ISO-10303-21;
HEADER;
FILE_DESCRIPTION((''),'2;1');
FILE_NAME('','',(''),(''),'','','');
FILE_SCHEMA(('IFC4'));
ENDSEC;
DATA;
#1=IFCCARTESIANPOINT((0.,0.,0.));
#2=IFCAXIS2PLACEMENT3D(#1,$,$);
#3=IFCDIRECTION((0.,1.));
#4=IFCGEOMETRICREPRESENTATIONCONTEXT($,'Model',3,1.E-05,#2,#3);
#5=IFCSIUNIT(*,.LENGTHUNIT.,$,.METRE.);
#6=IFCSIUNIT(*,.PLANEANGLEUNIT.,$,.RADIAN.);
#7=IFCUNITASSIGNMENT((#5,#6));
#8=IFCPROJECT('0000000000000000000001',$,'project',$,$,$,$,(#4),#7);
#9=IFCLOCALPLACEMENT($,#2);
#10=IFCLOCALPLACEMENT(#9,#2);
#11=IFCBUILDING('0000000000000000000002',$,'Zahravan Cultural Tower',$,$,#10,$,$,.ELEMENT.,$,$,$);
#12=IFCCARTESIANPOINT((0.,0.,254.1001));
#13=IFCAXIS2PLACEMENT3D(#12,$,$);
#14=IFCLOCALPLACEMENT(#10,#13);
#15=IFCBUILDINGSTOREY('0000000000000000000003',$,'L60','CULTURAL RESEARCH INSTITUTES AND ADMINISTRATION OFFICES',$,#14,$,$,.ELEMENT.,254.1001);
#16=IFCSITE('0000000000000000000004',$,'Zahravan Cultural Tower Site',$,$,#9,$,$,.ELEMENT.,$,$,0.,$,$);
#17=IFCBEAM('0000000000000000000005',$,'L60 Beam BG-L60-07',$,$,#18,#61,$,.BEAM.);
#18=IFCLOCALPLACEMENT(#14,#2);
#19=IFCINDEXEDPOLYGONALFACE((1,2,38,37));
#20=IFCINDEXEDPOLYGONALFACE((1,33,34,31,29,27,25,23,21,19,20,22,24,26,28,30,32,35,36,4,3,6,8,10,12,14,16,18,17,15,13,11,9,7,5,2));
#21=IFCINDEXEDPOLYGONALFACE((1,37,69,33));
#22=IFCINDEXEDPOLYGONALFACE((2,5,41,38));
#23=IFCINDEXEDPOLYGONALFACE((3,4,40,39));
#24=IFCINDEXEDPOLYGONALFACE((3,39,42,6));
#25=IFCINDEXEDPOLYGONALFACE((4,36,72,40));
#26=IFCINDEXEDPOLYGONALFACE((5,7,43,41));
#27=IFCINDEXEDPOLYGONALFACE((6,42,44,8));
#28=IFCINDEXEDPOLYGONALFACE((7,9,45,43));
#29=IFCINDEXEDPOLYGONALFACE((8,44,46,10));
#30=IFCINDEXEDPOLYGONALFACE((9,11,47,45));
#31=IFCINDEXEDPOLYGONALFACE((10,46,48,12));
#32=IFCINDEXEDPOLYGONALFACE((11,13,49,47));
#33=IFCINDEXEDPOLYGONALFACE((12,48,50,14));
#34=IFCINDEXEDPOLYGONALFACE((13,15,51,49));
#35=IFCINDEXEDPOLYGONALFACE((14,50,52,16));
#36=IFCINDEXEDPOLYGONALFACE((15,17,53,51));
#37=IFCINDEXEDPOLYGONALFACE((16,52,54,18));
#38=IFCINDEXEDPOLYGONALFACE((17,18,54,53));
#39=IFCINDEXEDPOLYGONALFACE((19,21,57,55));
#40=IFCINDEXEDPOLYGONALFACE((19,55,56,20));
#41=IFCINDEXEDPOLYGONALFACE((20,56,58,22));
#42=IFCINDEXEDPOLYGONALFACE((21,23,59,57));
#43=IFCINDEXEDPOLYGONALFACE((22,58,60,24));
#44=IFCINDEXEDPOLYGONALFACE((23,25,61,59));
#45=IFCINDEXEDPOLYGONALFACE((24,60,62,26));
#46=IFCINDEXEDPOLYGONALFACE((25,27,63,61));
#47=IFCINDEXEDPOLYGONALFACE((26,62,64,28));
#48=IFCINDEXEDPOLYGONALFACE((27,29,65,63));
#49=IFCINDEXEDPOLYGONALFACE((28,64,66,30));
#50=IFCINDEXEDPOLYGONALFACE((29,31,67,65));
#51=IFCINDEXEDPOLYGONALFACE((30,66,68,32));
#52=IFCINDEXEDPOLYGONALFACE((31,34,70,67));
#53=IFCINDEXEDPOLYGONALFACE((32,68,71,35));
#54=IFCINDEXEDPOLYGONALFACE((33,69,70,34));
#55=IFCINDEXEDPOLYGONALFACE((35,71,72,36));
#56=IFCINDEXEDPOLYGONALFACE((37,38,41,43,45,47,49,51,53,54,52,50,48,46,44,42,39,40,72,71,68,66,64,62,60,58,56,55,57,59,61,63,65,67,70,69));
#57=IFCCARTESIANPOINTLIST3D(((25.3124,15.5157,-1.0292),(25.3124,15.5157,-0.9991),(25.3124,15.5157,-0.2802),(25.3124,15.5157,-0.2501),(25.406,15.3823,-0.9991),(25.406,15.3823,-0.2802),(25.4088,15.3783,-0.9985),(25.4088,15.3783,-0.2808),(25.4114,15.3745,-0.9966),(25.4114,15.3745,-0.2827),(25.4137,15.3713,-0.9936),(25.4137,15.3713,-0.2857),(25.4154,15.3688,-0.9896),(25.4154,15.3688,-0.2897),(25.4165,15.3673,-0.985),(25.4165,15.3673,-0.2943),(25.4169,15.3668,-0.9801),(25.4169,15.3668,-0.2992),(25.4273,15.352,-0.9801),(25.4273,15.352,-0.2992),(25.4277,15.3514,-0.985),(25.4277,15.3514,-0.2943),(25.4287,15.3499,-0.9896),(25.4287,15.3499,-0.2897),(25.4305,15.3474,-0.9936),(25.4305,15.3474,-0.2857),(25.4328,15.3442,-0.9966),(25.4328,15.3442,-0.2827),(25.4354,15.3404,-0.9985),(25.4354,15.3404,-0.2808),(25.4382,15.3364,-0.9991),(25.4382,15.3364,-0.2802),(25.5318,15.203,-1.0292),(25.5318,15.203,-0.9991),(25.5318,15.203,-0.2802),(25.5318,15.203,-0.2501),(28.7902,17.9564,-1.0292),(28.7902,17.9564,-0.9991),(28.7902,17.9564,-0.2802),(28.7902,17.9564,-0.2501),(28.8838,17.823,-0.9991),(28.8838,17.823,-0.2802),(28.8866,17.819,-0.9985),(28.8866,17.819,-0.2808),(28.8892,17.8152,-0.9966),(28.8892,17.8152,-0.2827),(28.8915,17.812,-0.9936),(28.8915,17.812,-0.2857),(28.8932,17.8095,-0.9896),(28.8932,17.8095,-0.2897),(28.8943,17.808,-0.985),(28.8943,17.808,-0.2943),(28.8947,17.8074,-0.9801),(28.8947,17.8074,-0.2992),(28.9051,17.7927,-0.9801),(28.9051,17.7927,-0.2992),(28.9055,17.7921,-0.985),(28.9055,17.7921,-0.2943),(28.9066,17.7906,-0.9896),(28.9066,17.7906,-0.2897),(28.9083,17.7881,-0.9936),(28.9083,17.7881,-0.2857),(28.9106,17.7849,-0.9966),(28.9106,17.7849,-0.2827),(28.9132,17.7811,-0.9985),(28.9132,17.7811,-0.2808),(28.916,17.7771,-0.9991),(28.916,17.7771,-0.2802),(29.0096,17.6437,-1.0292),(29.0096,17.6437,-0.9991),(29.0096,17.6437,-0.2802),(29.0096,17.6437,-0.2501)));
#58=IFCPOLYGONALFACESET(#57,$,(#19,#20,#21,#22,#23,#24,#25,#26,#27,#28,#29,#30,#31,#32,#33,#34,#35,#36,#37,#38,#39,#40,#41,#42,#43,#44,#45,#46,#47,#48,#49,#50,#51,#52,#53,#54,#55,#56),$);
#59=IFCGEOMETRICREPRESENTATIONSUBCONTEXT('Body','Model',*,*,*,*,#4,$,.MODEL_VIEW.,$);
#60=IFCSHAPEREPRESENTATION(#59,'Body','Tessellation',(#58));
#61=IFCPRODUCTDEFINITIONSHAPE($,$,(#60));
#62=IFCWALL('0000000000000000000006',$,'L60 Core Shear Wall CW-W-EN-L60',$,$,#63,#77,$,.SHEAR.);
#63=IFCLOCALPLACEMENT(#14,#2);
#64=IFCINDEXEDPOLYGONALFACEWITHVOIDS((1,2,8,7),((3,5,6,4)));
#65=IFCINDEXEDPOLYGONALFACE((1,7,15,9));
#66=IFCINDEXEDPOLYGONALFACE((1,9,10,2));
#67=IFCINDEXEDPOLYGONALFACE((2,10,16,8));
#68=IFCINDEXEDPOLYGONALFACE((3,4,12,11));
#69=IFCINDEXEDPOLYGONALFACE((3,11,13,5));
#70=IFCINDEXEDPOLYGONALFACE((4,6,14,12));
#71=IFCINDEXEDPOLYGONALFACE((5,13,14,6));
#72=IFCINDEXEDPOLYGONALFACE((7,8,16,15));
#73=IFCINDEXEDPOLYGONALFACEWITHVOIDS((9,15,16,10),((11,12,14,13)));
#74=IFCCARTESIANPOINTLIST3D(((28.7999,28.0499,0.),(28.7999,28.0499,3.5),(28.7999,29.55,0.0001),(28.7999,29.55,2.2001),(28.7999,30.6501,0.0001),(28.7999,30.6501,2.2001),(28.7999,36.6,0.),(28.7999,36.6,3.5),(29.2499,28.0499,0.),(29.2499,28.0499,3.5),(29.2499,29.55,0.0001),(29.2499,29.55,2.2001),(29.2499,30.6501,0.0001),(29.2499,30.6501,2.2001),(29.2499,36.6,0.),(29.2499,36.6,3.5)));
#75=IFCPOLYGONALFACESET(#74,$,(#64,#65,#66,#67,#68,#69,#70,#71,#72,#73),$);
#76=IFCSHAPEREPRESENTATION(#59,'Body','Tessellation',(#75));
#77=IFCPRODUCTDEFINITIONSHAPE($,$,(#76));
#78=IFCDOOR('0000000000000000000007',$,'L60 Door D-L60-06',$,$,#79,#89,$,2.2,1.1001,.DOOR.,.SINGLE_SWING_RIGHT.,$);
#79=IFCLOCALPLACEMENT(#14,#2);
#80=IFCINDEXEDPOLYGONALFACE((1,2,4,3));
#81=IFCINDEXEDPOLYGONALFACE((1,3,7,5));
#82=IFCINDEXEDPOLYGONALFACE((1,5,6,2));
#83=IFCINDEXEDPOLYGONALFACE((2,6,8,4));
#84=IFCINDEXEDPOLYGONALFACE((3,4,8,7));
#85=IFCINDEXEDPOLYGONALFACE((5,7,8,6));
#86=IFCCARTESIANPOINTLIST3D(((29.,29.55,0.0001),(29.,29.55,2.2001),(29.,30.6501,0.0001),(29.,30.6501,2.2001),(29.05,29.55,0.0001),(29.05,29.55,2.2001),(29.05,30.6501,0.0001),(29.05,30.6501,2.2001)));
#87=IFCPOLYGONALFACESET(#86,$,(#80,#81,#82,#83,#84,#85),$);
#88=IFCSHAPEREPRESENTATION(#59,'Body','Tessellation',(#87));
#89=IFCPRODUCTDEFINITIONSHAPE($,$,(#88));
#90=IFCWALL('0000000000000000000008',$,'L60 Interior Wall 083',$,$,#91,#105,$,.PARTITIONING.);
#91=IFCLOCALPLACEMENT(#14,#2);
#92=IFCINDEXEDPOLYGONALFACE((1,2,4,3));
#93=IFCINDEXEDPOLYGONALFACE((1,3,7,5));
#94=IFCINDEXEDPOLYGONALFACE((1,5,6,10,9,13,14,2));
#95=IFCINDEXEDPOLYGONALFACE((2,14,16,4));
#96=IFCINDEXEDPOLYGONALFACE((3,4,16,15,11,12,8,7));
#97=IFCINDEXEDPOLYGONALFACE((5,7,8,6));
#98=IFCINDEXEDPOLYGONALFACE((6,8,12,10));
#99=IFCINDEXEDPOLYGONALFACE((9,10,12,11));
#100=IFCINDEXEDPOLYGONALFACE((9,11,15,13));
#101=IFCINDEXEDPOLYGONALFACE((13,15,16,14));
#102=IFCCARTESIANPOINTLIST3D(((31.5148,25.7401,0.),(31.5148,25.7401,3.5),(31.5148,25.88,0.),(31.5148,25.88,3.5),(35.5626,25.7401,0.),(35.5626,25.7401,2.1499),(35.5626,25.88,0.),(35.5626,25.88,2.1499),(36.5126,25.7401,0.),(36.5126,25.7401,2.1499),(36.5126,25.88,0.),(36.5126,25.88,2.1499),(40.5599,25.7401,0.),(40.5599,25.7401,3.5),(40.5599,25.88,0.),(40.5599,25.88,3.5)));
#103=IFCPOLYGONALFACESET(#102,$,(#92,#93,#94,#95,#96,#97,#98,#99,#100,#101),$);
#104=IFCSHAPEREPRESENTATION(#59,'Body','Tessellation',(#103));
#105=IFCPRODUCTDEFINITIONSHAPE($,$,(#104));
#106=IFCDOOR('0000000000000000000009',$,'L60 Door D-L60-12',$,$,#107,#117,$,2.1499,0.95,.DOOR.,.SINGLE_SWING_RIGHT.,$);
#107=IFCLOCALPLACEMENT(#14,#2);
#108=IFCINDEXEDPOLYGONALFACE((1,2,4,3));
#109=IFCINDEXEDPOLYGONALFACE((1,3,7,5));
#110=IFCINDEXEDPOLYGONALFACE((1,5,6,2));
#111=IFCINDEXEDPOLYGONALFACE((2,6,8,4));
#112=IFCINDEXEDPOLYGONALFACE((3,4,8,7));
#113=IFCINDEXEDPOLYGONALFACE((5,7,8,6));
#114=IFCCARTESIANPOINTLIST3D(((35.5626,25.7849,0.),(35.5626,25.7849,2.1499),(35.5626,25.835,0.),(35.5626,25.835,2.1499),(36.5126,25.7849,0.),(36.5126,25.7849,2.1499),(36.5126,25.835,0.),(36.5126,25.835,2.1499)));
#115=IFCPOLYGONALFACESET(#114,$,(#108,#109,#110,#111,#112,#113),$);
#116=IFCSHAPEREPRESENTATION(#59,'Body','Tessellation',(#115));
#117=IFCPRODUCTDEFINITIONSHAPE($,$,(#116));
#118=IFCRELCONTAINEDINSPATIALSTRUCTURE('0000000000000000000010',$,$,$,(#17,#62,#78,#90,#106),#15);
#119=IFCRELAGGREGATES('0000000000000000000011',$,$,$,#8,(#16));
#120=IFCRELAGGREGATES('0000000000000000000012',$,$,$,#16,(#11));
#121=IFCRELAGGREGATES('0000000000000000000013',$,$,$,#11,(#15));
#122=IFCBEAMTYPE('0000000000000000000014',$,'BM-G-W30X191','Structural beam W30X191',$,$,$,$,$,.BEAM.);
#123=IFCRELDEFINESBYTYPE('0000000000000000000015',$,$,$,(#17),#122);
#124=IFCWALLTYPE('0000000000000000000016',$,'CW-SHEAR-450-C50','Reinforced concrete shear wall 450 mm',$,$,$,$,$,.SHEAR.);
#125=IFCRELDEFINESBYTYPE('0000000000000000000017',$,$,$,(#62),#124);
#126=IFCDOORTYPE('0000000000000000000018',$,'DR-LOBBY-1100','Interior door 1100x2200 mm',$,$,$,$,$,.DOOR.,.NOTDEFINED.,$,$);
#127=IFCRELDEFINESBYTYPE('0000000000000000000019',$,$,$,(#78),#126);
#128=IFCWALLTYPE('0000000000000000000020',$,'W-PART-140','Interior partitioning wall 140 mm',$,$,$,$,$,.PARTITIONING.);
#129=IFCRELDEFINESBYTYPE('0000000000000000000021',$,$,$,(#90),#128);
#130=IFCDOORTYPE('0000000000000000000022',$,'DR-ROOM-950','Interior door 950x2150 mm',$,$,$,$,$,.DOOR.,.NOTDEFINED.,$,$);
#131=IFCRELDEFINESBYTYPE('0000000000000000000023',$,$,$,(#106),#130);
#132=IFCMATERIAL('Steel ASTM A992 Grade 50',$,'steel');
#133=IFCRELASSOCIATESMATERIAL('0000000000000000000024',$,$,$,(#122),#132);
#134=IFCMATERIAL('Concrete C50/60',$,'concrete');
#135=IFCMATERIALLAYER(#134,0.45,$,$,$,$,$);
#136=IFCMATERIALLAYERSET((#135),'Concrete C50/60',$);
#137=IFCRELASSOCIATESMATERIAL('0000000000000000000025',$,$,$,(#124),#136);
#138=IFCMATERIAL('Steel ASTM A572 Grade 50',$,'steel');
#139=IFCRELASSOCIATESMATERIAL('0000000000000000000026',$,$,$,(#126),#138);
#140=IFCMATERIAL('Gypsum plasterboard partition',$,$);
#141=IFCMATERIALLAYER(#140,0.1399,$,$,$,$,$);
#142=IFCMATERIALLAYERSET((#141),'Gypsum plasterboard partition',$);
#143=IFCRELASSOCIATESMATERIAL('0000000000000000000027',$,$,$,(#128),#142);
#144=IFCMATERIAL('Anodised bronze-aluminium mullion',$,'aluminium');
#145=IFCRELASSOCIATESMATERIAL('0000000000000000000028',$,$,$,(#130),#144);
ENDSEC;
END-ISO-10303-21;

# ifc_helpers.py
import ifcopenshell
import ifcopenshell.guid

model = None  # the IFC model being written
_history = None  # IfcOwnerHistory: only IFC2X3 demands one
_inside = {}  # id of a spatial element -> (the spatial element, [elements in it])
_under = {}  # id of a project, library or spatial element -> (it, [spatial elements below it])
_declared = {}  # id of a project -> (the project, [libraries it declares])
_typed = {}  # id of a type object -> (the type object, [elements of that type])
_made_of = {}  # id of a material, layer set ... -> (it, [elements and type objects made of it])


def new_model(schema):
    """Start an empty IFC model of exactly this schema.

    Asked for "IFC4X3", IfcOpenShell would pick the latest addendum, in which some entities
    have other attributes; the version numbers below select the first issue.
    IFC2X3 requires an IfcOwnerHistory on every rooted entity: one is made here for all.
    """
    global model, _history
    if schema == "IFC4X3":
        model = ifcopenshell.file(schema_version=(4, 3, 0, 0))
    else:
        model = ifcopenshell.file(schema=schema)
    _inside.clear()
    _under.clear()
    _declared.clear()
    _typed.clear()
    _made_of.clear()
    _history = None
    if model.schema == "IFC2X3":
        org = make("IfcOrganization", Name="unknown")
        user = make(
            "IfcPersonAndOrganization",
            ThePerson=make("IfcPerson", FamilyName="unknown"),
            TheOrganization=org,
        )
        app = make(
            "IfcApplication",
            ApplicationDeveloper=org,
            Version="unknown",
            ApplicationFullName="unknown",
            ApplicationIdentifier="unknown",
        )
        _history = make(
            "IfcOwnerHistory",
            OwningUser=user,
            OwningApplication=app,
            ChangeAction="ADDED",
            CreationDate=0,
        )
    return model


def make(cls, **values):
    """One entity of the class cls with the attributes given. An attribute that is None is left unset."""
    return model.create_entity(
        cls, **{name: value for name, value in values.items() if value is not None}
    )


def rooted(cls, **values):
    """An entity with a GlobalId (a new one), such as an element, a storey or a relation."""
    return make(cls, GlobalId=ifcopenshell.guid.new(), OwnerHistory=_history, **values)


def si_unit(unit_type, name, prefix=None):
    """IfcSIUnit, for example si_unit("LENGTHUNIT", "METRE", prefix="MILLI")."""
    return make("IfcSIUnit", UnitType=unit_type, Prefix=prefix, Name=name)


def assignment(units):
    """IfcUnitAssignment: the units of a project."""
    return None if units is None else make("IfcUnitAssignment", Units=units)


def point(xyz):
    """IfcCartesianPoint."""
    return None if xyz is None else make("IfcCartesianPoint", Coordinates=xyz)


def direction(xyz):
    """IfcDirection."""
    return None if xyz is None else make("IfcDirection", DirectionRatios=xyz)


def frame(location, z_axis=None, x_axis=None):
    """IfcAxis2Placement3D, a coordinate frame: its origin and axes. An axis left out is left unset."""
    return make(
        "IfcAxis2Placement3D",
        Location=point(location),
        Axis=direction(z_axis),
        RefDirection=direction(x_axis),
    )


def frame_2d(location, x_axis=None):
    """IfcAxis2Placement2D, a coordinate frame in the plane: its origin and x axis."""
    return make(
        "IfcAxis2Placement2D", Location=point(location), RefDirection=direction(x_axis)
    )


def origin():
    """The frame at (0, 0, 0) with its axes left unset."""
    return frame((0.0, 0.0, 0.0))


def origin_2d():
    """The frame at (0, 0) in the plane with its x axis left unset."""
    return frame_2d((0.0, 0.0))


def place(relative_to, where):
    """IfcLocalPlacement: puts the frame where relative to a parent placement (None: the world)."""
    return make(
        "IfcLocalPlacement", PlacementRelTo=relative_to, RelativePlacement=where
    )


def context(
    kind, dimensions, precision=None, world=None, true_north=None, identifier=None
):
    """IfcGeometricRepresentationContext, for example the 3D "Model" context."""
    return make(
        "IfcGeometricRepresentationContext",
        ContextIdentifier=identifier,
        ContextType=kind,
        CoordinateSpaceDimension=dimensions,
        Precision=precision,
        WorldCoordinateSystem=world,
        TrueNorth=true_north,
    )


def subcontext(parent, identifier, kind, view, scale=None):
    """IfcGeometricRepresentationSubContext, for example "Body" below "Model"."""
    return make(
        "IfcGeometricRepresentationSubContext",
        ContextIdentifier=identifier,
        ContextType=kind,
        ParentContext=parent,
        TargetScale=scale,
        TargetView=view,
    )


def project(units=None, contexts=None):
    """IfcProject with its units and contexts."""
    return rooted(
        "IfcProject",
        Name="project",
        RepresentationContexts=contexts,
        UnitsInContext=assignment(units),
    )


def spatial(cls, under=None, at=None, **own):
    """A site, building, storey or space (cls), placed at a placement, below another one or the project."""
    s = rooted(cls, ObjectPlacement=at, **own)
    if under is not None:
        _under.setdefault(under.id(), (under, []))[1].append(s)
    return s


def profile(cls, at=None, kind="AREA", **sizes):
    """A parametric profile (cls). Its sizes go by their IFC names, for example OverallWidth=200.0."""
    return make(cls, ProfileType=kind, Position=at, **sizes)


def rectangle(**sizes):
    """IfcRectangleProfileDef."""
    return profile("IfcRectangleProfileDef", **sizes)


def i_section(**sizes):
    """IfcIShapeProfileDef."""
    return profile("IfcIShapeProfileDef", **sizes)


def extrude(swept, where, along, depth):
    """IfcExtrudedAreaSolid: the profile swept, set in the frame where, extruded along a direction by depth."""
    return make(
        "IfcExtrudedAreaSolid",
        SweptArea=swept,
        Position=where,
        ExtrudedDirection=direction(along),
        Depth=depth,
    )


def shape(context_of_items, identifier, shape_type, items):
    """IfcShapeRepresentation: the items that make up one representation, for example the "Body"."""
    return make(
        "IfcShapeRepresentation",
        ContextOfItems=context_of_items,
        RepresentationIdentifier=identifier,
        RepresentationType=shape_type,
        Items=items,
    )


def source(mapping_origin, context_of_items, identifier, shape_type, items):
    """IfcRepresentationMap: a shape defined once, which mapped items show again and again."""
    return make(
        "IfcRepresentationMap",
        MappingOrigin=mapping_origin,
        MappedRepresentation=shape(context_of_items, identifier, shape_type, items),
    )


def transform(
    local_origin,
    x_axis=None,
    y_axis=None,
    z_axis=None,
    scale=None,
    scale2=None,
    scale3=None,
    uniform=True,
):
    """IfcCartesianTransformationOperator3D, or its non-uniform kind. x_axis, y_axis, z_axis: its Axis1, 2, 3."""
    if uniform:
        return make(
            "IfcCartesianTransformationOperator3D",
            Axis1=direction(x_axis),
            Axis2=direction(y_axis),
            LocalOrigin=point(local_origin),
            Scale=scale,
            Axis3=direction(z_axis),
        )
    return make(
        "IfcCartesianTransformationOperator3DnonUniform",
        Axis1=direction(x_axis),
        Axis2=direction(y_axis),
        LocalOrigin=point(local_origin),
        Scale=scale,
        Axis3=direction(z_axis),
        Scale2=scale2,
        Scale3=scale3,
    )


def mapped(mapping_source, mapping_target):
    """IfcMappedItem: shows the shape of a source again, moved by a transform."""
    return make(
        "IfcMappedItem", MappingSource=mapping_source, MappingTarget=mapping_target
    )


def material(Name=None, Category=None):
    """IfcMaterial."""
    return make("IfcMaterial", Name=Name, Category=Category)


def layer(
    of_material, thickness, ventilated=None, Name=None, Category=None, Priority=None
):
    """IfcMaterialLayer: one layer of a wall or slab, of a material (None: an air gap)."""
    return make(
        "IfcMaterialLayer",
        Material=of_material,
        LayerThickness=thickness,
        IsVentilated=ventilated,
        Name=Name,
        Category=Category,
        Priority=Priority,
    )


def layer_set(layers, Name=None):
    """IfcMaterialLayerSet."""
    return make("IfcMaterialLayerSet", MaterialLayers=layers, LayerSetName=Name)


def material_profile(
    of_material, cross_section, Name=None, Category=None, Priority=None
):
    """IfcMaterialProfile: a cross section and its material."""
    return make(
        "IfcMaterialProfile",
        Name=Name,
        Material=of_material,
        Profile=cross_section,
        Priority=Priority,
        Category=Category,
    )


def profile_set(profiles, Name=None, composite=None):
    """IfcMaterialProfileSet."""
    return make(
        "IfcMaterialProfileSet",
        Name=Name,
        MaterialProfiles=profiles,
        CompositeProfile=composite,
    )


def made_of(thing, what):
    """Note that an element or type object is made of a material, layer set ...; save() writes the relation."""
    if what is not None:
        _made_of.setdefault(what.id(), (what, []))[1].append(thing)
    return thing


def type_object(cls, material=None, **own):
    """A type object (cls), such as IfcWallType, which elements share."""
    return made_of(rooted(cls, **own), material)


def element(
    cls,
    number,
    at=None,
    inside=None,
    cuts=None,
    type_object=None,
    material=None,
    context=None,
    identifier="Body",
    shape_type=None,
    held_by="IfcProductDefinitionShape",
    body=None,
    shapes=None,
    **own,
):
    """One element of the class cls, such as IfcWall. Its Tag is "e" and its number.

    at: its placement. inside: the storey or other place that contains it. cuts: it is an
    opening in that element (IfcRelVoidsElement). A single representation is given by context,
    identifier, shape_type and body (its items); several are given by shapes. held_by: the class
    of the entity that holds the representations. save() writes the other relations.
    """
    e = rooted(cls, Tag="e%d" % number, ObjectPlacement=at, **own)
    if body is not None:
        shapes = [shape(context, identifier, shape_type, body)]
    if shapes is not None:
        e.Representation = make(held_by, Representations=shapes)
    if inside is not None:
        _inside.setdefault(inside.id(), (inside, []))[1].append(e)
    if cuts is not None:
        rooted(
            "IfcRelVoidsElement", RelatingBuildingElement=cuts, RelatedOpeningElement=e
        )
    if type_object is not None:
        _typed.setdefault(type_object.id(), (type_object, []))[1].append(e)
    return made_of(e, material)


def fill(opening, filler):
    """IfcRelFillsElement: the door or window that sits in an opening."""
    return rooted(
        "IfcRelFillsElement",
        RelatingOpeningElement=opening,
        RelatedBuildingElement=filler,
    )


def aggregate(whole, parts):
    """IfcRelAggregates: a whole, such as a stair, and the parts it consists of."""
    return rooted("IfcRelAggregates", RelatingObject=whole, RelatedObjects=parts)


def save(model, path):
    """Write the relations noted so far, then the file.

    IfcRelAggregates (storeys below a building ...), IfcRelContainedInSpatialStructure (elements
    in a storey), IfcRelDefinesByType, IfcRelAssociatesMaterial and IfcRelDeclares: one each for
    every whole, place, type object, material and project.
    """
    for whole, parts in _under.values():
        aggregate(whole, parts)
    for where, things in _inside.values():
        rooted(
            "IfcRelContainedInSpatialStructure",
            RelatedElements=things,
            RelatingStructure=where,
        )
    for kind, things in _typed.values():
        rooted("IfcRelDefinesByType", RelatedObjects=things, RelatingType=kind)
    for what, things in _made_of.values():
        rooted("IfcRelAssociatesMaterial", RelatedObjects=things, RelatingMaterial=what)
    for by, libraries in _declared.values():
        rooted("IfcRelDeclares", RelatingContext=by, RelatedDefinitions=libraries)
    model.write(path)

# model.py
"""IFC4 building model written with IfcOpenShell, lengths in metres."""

from ifc_helpers import new_model, si_unit, direction, frame, frame_2d, origin, origin_2d, place, context, subcontext, project, spatial, rectangle, i_section, extrude, source, transform, mapped, material, layer, layer_set, material_profile, profile_set, type_object, element, fill, save


model = new_model("IFC4")

# Units and contexts
model_context = context("Model", 3, precision=1e-05, world=origin(), true_north=direction((0.0, 1.0)))
body_context = subcontext(model_context, "Body", "Model", "MODEL_VIEW")
ifc_project = project(units=[si_unit("LENGTHUNIT", "METRE"), si_unit("PLANEANGLEUNIT", "RADIAN")], contexts=[model_context])

# Site, building, storey
site_placement = place(None, origin())
site = spatial("IfcSite", under=ifc_project, at=site_placement, Name="Zahravan Cultural Tower Site", CompositionType="ELEMENT", RefElevation=0.0)
building_placement = place(site_placement, origin())
building = spatial("IfcBuilding", under=site, at=building_placement, Name="Zahravan Cultural Tower", CompositionType="ELEMENT")
storey_placement = place(building_placement, frame((0.0, 0.0, 254.1001)))
storey = spatial("IfcBuildingStorey", under=building, at=storey_placement, Name="L60", Description="CULTURAL RESEARCH INSTITUTES AND ADMINISTRATION OFFICES", CompositionType="ELEMENT", Elevation=254.1001)

# Shared definitions
ifc_material_1 = material(Name="Concrete C50/60", Category="concrete")

# Beam
ifc_material_2 = material(Name="Steel ASTM A992 Grade 50", Category="steel")
ifc_material_profile_1 = material_profile(ifc_material_2, i_section(OverallWidth=0.3821, OverallDepth=0.7791, WebThickness=0.0181, FlangeThickness=0.03, FilletRadius=0.019, at=origin_2d()), Name="W30X191")
ifc_profile_set_1 = profile_set([ifc_material_profile_1], Name="Steel ASTM A992 Grade 50")
beam_type_1 = type_object("IfcBeamType", Name="BM-G-W30X191", Description="Structural beam W30X191", PredefinedType="BEAM", material=ifc_profile_set_1)
shared_shape_1 = source(origin(), body_context, "Body", "SweptSolid", [
    extrude(i_section(OverallWidth=0.3821, OverallDepth=0.7791, WebThickness=0.0181, FlangeThickness=0.03, FilletRadius=0.019, at=origin_2d()), origin(), (0.0, 0.0, 1.0), 4.2488),
])
beam_1_placement = place(storey_placement, frame((28.8999, 17.8, -0.6396), z_axis=(-0.818543, -0.574445, 0.0), x_axis=(0.574445, -0.818543, 0.0)))
element("IfcBeam", 1, at=beam_1_placement, inside=storey, type_object=beam_type_1, Name="L60 Beam BG-L60-07", PredefinedType="BEAM", context=body_context, shape_type="MappedRepresentation", body=[
    mapped(shared_shape_1, transform((0.0, 0.0, 0.0), x_axis=(1.0, 0.0, 0.0), y_axis=(0.0, 1.0, 0.0), z_axis=(0.0, 0.0, 1.0), scale=1.0)),
])

# Walls, openings, doors
ifc_layer_1 = layer(ifc_material_1, 0.45)
ifc_layer_set_1 = layer_set([ifc_layer_1], Name="Concrete C50/60")
wall_type_1 = type_object("IfcWallType", Name="CW-SHEAR-450-C50", Description="Reinforced concrete shear wall 450 mm", PredefinedType="SHEAR", material=ifc_layer_set_1)
wall_1_placement = place(storey_placement, frame((29.0249, 28.05, 0.0), z_axis=(0.0, 0.0, 1.0), x_axis=(0.0, 1.0, 0.0)))
wall_1 = element("IfcWall", 2, at=wall_1_placement, inside=storey, type_object=wall_type_1, Name="L60 Core Shear Wall CW-W-EN-L60", PredefinedType="SHEAR", context=body_context, shape_type="SweptSolid", body=[
    extrude(rectangle(XDim=8.55, YDim=0.45, at=frame_2d((4.2749, 0.0))), origin(), (0.0, 0.0, 1.0), 3.5),
])
opening_1_placement = place(wall_1_placement, frame((1.5, 0.0, 0.0)))
opening_1 = element("IfcOpeningElement", 3, at=opening_1_placement, cuts=wall_1, PredefinedType="OPENING", context=body_context, shape_type="SweptSolid", body=[
    extrude(rectangle(XDim=1.1001, YDim=2.2, at=frame_2d((0.55, 1.1001))), frame((0.0, 0.2349, 0.0), z_axis=(0.0, -1.0, 0.0), x_axis=(1.0, 0.0, 0.0)), (0.0, 0.0, 1.0), 0.47),
])
ifc_material_3 = material(Name="Steel ASTM A572 Grade 50", Category="steel")
door_type_1 = type_object("IfcDoorType", Name="DR-LOBBY-1100", Description="Interior door 1100x2200 mm", OperationType="NOTDEFINED", PredefinedType="DOOR", material=ifc_material_3)
shared_shape_2 = source(origin(), body_context, "Body", "SweptSolid", [
    extrude(rectangle(XDim=1.1001, YDim=2.2, at=frame_2d((0.55, 1.1001))), frame((0.0, 0.0249, 0.0), z_axis=(0.0, -1.0, 0.0), x_axis=(1.0, 0.0, 0.0)), (0.0, 0.0, 1.0), 0.05),
])
door_1_placement = place(opening_1_placement, origin())
door_1 = element("IfcDoor", 4, at=door_1_placement, inside=storey, type_object=door_type_1, Name="L60 Door D-L60-06", OperationType="SINGLE_SWING_RIGHT", OverallHeight=2.2, OverallWidth=1.1001, PredefinedType="DOOR", context=body_context, shape_type="MappedRepresentation", body=[
    mapped(shared_shape_2, transform((0.0, 0.0, 0.0), x_axis=(1.0, 0.0, 0.0), y_axis=(0.0, 1.0, 0.0), z_axis=(0.0, 0.0, 1.0), scale=1.0)),
])
fill(opening_1, door_1)
ifc_material_4 = material(Name="Gypsum plasterboard partition")
ifc_layer_2 = layer(ifc_material_4, 0.1399)
ifc_layer_set_2 = layer_set([ifc_layer_2], Name="Gypsum plasterboard partition")
wall_type_2 = type_object("IfcWallType", Name="W-PART-140", Description="Interior partitioning wall 140 mm", PredefinedType="PARTITIONING", material=ifc_layer_set_2)
wall_2_placement = place(storey_placement, frame((31.5149, 25.8101, 0.0), z_axis=(0.0, 0.0, 1.0), x_axis=(1.0, 0.0, 0.0)))
wall_2 = element("IfcWall", 5, at=wall_2_placement, inside=storey, type_object=wall_type_2, Name="L60 Interior Wall 083", PredefinedType="PARTITIONING", context=body_context, shape_type="SweptSolid", body=[
    extrude(rectangle(XDim=9.0452, YDim=0.1399, at=frame_2d((4.5225, 0.0))), origin(), (0.0, 0.0, 1.0), 3.5),
])
opening_2_placement = place(wall_2_placement, frame((4.0476, 0.0, 0.0)))
opening_2 = element("IfcOpeningElement", 6, at=opening_2_placement, cuts=wall_2, PredefinedType="OPENING", context=body_context, shape_type="SweptSolid", body=[
    extrude(rectangle(XDim=0.95, YDim=2.1499, at=frame_2d((0.4751, 1.075))), frame((0.0, 0.0798, 0.0), z_axis=(0.0, -1.0, 0.0), x_axis=(1.0, 0.0, 0.0)), (0.0, 0.0, 1.0), 0.1599),
])
ifc_material_5 = material(Name="Anodised bronze-aluminium mullion", Category="aluminium")
door_type_2 = type_object("IfcDoorType", Name="DR-ROOM-950", Description="Interior door 950x2150 mm", OperationType="NOTDEFINED", PredefinedType="DOOR", material=ifc_material_5)
shared_shape_3 = source(origin(), body_context, "Body", "SweptSolid", [
    extrude(rectangle(XDim=0.95, YDim=2.1499, at=frame_2d((0.4751, 1.075))), frame((0.0, 0.0249, 0.0), z_axis=(0.0, -1.0, 0.0), x_axis=(1.0, 0.0, 0.0)), (0.0, 0.0, 1.0), 0.05),
])
door_2_placement = place(opening_2_placement, origin())
door_2 = element("IfcDoor", 7, at=door_2_placement, inside=storey, type_object=door_type_2, Name="L60 Door D-L60-12", OperationType="SINGLE_SWING_RIGHT", OverallHeight=2.1499, OverallWidth=0.95, PredefinedType="DOOR", context=body_context, shape_type="MappedRepresentation", body=[
    mapped(shared_shape_3, transform((0.0, 0.0, 0.0), x_axis=(1.0, 0.0, 0.0), y_axis=(0.0, 1.0, 0.0), z_axis=(0.0, 0.0, 1.0), scale=1.0)),
])
fill(opening_2, door_2)

save(model, "model.ifc")
